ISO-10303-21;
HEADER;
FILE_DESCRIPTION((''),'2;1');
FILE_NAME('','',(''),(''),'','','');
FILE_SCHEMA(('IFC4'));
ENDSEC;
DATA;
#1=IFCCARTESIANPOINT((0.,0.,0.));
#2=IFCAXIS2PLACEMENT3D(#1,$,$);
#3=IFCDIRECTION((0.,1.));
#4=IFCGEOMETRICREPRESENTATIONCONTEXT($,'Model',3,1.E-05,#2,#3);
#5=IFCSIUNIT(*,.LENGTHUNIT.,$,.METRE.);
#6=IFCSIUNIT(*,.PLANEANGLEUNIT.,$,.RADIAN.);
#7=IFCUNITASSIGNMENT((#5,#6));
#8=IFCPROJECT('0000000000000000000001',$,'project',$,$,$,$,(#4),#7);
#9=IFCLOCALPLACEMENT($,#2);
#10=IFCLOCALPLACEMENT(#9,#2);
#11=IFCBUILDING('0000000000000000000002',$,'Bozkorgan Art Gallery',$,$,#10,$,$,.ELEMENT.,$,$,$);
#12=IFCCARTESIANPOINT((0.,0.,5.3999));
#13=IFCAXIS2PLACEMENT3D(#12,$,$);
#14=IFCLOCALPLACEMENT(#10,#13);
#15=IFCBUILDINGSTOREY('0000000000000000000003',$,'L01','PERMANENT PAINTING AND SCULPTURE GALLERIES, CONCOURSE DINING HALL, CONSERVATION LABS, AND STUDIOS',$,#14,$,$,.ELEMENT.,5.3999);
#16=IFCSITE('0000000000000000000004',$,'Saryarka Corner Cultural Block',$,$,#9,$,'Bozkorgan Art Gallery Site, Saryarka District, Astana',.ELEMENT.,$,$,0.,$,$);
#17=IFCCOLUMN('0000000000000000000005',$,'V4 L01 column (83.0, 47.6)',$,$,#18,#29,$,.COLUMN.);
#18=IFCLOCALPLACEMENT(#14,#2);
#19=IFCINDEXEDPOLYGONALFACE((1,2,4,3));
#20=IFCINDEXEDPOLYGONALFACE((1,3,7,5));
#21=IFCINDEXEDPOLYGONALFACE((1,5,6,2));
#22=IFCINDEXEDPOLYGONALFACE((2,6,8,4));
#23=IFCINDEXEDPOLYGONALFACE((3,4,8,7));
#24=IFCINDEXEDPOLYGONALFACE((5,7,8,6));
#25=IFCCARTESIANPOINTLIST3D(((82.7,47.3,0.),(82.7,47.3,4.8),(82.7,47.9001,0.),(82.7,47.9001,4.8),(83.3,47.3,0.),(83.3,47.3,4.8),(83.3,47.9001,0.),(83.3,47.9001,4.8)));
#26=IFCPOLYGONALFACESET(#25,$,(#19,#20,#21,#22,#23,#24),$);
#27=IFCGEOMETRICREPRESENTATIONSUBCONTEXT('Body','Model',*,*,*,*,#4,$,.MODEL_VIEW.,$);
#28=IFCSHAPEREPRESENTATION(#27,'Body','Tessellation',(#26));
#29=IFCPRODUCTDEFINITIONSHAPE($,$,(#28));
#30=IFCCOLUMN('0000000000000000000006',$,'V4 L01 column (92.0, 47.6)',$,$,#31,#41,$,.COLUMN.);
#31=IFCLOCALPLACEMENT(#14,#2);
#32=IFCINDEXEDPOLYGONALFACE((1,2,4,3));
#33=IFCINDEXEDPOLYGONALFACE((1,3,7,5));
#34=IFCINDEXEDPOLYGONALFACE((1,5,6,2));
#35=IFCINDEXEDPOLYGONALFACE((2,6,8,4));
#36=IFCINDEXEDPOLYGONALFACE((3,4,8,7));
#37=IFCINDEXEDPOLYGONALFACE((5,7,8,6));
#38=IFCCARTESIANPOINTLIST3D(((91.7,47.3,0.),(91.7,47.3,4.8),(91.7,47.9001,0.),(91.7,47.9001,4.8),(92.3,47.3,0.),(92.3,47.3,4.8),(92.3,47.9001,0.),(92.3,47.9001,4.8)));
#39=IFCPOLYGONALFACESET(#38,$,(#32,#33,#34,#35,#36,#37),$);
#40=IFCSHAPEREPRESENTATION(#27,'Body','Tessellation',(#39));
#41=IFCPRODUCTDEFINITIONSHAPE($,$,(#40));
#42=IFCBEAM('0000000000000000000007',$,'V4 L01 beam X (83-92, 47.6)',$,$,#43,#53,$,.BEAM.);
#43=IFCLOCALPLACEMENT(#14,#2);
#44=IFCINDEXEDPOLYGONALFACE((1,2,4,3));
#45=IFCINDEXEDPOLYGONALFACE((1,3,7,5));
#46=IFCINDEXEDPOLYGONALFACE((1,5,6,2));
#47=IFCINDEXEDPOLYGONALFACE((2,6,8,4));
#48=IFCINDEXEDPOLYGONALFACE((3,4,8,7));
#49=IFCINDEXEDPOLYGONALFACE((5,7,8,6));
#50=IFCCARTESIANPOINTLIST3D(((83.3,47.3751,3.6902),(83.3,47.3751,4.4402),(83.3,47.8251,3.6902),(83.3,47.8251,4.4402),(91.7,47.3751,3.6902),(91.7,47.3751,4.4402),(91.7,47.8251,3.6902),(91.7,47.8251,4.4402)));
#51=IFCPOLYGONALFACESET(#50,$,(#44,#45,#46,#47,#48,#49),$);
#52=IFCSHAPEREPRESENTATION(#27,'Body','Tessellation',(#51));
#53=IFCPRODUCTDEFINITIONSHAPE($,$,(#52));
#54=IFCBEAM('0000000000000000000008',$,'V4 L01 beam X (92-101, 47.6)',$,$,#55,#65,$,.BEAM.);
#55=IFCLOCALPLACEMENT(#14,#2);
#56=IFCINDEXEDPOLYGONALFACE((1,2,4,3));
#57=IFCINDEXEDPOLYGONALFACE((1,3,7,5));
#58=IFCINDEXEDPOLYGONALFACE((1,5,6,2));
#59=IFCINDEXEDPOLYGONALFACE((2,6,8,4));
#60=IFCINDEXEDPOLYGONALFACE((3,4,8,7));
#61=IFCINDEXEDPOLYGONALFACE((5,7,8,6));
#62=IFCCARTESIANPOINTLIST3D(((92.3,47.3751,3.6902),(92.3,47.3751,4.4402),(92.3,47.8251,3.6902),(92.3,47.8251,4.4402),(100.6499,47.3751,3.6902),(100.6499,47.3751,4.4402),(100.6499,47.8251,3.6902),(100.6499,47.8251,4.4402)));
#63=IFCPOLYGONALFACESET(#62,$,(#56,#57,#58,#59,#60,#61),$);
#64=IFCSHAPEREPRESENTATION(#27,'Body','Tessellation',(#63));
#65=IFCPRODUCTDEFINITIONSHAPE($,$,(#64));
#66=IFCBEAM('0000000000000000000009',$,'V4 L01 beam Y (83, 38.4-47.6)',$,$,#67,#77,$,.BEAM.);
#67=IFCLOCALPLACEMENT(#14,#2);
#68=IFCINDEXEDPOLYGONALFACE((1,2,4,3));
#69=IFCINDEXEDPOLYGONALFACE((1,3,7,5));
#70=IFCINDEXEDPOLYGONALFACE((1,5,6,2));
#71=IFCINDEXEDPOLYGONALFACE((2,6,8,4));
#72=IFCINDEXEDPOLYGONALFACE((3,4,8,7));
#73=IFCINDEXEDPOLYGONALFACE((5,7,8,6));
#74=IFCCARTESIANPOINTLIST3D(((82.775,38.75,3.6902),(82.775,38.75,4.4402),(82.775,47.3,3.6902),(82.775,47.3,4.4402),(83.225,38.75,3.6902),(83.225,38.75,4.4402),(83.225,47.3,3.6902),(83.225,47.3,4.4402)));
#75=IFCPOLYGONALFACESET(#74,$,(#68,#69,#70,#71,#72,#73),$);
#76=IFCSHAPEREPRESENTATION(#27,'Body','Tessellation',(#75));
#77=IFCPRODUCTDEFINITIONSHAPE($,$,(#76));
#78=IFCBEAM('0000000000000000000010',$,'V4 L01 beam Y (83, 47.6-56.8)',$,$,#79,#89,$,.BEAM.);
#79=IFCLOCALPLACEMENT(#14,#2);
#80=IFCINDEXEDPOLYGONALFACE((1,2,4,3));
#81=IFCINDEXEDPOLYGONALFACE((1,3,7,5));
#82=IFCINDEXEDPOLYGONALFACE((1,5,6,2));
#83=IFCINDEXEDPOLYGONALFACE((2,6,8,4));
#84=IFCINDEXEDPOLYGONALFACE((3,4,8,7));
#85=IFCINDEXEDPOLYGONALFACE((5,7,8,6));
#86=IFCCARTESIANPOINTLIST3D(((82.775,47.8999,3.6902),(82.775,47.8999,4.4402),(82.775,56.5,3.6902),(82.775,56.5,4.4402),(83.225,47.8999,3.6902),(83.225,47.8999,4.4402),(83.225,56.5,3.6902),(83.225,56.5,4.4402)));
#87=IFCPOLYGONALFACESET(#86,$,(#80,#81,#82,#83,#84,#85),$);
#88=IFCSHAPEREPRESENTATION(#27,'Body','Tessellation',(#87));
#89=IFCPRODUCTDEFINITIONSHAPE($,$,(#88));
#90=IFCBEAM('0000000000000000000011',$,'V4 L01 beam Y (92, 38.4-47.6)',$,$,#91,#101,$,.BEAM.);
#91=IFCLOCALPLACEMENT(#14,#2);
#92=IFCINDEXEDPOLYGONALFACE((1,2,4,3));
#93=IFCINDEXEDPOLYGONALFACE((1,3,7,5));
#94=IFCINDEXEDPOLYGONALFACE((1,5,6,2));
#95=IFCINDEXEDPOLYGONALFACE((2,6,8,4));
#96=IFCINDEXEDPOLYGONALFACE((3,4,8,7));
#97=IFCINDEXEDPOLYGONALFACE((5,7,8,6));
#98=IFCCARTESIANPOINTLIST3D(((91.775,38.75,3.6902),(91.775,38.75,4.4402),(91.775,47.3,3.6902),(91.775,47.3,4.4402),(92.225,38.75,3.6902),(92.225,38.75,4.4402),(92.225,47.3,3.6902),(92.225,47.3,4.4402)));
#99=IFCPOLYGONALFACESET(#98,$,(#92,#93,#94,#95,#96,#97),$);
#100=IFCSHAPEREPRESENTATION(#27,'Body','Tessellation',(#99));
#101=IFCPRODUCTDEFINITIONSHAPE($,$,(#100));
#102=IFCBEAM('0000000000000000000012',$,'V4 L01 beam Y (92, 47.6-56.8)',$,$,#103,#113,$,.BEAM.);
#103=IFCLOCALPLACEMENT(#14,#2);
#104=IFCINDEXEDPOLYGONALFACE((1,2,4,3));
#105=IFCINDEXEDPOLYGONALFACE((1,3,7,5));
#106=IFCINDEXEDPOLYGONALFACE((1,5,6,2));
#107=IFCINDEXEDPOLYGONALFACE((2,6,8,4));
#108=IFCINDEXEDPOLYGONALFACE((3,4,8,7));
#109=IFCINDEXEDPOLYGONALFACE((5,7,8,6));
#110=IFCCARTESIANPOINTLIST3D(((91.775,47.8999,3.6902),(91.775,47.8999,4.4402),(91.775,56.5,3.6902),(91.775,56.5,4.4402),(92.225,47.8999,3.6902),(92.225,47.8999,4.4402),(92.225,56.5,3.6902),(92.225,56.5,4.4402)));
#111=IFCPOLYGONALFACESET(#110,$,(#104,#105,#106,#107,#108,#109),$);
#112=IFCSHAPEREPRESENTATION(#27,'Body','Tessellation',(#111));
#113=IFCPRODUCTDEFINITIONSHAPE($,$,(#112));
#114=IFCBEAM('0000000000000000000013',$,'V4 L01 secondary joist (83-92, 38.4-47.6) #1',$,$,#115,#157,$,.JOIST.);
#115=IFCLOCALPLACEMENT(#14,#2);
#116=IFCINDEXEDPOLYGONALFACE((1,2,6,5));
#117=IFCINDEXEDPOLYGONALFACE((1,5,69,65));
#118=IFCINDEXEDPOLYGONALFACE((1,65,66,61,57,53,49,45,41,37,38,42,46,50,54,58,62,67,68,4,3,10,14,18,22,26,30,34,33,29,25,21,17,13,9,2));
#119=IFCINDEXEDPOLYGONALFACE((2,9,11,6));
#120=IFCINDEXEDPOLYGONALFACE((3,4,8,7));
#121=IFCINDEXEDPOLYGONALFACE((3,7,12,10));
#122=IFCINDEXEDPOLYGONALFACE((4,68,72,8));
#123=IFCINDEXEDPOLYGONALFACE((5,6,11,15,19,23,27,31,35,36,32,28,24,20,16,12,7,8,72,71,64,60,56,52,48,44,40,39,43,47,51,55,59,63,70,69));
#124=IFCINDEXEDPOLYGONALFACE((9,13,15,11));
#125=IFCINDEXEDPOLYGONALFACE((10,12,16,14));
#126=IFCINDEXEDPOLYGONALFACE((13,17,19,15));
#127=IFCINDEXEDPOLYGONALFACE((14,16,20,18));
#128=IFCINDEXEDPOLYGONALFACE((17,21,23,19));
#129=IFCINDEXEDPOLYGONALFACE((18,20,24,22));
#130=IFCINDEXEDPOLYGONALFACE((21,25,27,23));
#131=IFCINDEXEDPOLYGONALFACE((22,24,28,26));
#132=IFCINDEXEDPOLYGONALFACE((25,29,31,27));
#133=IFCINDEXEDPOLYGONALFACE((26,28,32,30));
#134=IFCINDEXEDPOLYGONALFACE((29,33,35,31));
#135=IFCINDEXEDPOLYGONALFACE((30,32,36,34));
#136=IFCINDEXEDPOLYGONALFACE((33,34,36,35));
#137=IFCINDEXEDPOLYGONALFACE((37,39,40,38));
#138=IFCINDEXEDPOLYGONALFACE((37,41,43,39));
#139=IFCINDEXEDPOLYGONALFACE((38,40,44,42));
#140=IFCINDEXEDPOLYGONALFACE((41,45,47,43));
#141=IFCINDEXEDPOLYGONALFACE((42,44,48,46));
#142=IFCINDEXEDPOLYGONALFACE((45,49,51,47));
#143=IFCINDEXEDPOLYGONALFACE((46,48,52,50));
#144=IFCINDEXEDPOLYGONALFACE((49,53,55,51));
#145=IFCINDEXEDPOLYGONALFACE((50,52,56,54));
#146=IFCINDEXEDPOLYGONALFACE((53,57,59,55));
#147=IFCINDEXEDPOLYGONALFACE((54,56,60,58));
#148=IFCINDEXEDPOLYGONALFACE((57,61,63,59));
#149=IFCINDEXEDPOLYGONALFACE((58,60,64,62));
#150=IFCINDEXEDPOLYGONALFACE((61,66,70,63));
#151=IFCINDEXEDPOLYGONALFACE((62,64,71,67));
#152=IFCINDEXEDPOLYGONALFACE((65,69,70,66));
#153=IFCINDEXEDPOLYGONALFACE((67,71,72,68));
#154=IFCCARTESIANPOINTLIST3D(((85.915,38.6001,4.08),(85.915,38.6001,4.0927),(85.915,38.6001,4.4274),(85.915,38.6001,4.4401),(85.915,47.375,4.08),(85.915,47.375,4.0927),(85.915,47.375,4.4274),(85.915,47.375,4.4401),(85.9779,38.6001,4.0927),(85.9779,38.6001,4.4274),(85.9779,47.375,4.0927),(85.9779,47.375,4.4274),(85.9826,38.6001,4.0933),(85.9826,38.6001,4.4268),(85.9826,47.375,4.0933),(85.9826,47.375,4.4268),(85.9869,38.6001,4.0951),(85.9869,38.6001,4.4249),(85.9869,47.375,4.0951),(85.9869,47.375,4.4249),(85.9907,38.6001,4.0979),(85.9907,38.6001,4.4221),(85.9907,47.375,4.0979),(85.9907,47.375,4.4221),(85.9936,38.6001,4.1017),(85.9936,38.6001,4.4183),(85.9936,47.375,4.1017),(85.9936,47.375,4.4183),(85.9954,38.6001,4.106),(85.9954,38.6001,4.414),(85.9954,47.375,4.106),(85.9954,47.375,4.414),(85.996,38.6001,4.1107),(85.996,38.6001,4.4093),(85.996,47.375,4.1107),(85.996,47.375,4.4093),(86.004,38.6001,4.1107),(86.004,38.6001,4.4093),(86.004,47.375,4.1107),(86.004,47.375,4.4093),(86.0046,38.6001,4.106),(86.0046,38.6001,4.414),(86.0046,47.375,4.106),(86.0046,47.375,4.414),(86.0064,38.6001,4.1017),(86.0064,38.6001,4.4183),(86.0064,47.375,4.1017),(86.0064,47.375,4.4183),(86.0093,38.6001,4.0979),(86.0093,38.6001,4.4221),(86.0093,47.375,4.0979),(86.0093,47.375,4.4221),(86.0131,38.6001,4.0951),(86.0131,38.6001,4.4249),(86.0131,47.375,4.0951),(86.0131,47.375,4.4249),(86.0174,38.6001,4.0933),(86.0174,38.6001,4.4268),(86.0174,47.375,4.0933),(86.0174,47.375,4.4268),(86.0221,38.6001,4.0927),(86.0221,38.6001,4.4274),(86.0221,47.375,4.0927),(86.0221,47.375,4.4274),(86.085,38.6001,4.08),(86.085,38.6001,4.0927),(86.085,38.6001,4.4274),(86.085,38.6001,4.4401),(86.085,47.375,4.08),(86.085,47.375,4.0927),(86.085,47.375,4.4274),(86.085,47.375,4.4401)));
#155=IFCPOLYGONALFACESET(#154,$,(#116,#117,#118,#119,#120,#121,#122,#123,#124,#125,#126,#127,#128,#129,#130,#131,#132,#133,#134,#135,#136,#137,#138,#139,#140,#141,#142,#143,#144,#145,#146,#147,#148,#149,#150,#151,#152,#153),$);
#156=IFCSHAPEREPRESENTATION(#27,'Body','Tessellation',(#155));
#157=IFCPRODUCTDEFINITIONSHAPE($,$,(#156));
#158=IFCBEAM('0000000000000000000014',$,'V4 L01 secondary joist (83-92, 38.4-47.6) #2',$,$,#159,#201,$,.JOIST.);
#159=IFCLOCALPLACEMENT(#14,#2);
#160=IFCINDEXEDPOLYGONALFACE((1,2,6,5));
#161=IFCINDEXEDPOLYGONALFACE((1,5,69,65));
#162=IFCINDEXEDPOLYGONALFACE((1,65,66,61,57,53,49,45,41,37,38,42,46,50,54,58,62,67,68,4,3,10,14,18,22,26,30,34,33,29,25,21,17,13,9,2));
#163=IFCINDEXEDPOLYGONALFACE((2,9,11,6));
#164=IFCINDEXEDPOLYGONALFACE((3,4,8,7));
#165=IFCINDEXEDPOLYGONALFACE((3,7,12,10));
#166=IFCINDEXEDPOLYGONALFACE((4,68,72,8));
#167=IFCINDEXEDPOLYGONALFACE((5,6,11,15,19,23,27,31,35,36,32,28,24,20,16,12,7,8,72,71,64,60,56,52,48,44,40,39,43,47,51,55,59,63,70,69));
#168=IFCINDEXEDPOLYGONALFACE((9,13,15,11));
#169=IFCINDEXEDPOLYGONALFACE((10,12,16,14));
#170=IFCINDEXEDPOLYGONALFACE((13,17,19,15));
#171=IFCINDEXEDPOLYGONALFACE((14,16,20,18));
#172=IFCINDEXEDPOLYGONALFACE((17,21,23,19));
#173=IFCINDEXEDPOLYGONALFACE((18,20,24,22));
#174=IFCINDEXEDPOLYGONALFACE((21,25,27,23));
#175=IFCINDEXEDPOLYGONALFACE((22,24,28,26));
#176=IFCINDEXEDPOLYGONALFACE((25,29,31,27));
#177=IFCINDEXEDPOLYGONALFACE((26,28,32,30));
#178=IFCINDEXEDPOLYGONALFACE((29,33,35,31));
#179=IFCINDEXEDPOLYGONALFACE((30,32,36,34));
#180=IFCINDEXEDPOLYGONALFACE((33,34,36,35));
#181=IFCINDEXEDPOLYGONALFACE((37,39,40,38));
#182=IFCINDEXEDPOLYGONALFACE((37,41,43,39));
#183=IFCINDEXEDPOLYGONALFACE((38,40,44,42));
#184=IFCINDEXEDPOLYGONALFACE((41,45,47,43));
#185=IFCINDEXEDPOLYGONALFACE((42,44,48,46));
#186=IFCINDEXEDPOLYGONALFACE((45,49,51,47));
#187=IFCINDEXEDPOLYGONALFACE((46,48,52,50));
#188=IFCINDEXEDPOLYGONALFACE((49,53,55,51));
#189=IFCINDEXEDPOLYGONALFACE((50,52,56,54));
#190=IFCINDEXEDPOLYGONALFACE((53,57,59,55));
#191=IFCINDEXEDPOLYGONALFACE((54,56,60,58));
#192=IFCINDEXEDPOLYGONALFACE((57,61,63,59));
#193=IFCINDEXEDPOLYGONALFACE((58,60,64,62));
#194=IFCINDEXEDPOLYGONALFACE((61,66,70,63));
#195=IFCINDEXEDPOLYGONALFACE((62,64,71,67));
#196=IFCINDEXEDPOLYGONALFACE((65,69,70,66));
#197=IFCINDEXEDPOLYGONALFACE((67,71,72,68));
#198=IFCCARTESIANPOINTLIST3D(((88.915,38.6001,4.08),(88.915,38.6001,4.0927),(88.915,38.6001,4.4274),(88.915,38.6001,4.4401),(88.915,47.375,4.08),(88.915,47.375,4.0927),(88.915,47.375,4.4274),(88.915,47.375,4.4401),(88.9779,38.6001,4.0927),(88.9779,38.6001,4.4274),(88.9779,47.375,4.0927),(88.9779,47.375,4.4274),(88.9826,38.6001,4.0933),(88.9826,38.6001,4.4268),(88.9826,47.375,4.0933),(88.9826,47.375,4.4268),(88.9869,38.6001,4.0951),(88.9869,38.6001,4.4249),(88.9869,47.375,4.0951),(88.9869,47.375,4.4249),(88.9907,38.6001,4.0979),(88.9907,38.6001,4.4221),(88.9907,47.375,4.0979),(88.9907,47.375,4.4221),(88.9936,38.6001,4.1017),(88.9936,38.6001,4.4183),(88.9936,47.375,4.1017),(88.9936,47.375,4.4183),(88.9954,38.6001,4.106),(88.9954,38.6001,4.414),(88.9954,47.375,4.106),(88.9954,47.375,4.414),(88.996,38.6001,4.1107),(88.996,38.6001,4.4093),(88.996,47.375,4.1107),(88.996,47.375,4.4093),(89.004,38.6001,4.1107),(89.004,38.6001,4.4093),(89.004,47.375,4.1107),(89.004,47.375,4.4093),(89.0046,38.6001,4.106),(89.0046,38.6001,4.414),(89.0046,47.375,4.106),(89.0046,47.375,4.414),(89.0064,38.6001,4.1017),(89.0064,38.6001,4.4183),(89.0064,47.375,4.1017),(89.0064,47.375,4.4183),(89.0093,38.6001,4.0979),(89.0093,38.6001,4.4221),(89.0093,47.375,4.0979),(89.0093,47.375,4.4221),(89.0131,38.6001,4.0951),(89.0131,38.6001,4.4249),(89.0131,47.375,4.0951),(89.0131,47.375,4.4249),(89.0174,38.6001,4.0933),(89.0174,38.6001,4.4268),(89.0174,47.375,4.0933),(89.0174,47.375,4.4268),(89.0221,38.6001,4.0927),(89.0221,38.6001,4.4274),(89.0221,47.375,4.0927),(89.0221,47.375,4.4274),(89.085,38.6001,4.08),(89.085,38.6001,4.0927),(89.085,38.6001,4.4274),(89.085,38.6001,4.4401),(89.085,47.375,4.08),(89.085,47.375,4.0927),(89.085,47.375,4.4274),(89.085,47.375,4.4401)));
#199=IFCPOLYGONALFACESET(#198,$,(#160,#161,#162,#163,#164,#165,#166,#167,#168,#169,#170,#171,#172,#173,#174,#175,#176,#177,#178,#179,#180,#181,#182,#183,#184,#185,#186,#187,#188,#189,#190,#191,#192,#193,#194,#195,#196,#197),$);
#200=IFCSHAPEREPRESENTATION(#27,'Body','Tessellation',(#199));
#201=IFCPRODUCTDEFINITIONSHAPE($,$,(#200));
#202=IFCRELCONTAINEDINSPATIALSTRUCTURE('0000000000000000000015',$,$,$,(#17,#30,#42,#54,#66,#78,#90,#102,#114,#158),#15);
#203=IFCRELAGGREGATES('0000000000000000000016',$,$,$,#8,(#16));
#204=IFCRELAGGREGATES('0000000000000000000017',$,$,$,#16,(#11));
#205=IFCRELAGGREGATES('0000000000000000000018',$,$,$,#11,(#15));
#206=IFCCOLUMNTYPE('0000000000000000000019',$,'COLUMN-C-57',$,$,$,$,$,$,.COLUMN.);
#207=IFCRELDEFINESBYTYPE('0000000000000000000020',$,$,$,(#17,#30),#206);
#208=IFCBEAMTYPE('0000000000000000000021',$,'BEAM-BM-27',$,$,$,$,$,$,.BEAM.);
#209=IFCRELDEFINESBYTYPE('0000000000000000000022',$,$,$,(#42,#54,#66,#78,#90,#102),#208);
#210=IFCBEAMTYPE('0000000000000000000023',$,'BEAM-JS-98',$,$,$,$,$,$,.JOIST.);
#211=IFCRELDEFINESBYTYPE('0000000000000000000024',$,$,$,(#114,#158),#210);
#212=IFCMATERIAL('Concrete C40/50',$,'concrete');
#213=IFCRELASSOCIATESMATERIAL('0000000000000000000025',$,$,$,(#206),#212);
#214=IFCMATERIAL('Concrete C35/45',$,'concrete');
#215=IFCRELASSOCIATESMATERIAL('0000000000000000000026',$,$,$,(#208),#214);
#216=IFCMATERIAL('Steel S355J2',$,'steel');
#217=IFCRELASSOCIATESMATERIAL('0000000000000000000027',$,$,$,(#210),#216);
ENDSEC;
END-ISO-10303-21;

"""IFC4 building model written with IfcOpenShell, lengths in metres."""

from ifc_helpers import new_model, si_unit, direction, frame, origin, origin_2d, place, context, subcontext, project, spatial, rectangle, i_section, extrude, material, material_profile, profile_set, type_object, element, save


model = new_model("IFC4")

# Units and contexts
model_context = context("Model", 3, precision=1e-05, world=origin(), true_north=direction((0.0, 1.0)))
body_context = subcontext(model_context, "Body", "Model", "MODEL_VIEW")
ifc_project = project(units=[si_unit("LENGTHUNIT", "METRE"), si_unit("PLANEANGLEUNIT", "RADIAN")], contexts=[model_context])

# Site, building, storey
site_placement = place(None, origin())
site = spatial("IfcSite", under=ifc_project, at=site_placement, Name="Saryarka Corner Cultural Block", LongName="Bozkorgan Art Gallery Site, Saryarka District, Astana", CompositionType="ELEMENT", RefElevation=0.0)
building_placement = place(site_placement, origin())
building = spatial("IfcBuilding", under=site, at=building_placement, Name="Bozkorgan Art Gallery", CompositionType="ELEMENT")
storey_placement = place(building_placement, frame((0.0, 0.0, 5.3999)))
storey = spatial("IfcBuildingStorey", under=building, at=storey_placement, Name="L01", Description="PERMANENT PAINTING AND SCULPTURE GALLERIES, CONCOURSE DINING HALL, CONSERVATION LABS, AND STUDIOS", CompositionType="ELEMENT", Elevation=5.3999)

# Columns
ifc_material_1 = material(Name="Concrete C40/50", Category="concrete")
ifc_material_profile_1 = material_profile(ifc_material_1, rectangle(XDim=0.6001, YDim=0.6001, at=origin_2d()), Name="RC 600x600")
ifc_profile_set_1 = profile_set([ifc_material_profile_1], Name="Concrete C40/50")
column_type = type_object("IfcColumnType", Name="COLUMN-C-57", PredefinedType="COLUMN", material=ifc_profile_set_1)
for number, where, z_axis, x_axis, name in (
    (1, (83.0, 47.6001, 0.0), (0.0, 0.0, 1.0), (1.0, 0.0, 0.0), "V4 L01 column (83.0, 47.6)"),
    (2, (92.0, 47.6001, 0.0), (0.0, 0.0, 1.0), (1.0, 0.0, 0.0), "V4 L01 column (92.0, 47.6)"),
):
    element("IfcColumn", number, at=place(storey_placement, frame(where, z_axis=z_axis, x_axis=x_axis)), inside=storey, type_object=column_type, Name=name, PredefinedType="COLUMN", context=body_context, shape_type="SweptSolid", body=[
        extrude(rectangle(XDim=0.6001, YDim=0.6001, at=origin_2d()), origin(), (0.0, 0.0, 1.0), 4.8),
    ])

# Beams
ifc_material_2 = material(Name="Concrete C35/45", Category="concrete")
ifc_material_profile_2 = material_profile(ifc_material_2, rectangle(XDim=0.45, YDim=0.75, at=origin_2d()), Name="RC 450x750")
ifc_profile_set_2 = profile_set([ifc_material_profile_2], Name="Concrete C35/45")
beam_type_1 = type_object("IfcBeamType", Name="BEAM-BM-27", PredefinedType="BEAM", material=ifc_profile_set_2)
beam_1_placement = place(storey_placement, frame((83.3, 47.6001, 4.0652), z_axis=(1.0, 0.0, 0.0), x_axis=(0.0, 1.0, 0.0)))
element("IfcBeam", 3, at=beam_1_placement, inside=storey, type_object=beam_type_1, Name="V4 L01 beam X (83-92, 47.6)", PredefinedType="BEAM", context=body_context, shape_type="SweptSolid", body=[
    extrude(rectangle(XDim=0.45, YDim=0.75, at=origin_2d()), origin(), (0.0, 0.0, 1.0), 8.3999),
])
beam_2_placement = place(storey_placement, frame((92.3, 47.6001, 4.0652), z_axis=(1.0, 0.0, 0.0), x_axis=(0.0, 1.0, 0.0)))
element("IfcBeam", 4, at=beam_2_placement, inside=storey, type_object=beam_type_1, Name="V4 L01 beam X (92-101, 47.6)", PredefinedType="BEAM", context=body_context, shape_type="SweptSolid", body=[
    extrude(rectangle(XDim=0.45, YDim=0.75, at=origin_2d()), origin(), (0.0, 0.0, 1.0), 8.3499),
])
beam_3_placement = place(storey_placement, frame((83.0, 38.75, 4.0652), z_axis=(0.0, 1.0, 0.0), x_axis=(-1.0, 0.0, 0.0)))
element("IfcBeam", 5, at=beam_3_placement, inside=storey, type_object=beam_type_1, Name="V4 L01 beam Y (83, 38.4-47.6)", PredefinedType="BEAM", context=body_context, shape_type="SweptSolid", body=[
    extrude(rectangle(XDim=0.45, YDim=0.75, at=origin_2d()), origin(), (0.0, 0.0, 1.0), 8.55),
])
beam_4_placement = place(storey_placement, frame((83.0, 47.8999, 4.0652), z_axis=(0.0, 1.0, 0.0), x_axis=(-1.0, 0.0, 0.0)))
element("IfcBeam", 6, at=beam_4_placement, inside=storey, type_object=beam_type_1, Name="V4 L01 beam Y (83, 47.6-56.8)", PredefinedType="BEAM", context=body_context, shape_type="SweptSolid", body=[
    extrude(rectangle(XDim=0.45, YDim=0.75, at=origin_2d()), origin(), (0.0, 0.0, 1.0), 8.6001),
])
beam_5_placement = place(storey_placement, frame((92.0, 38.75, 4.0652), z_axis=(0.0, 1.0, 0.0), x_axis=(-1.0, 0.0, 0.0)))
element("IfcBeam", 7, at=beam_5_placement, inside=storey, type_object=beam_type_1, Name="V4 L01 beam Y (92, 38.4-47.6)", PredefinedType="BEAM", context=body_context, shape_type="SweptSolid", body=[
    extrude(rectangle(XDim=0.45, YDim=0.75, at=origin_2d()), origin(), (0.0, 0.0, 1.0), 8.55),
])
beam_6_placement = place(storey_placement, frame((92.0, 47.8999, 4.0652), z_axis=(0.0, 1.0, 0.0), x_axis=(-1.0, 0.0, 0.0)))
element("IfcBeam", 8, at=beam_6_placement, inside=storey, type_object=beam_type_1, Name="V4 L01 beam Y (92, 47.6-56.8)", PredefinedType="BEAM", context=body_context, shape_type="SweptSolid", body=[
    extrude(rectangle(XDim=0.45, YDim=0.75, at=origin_2d()), origin(), (0.0, 0.0, 1.0), 8.6001),
])
ifc_material_3 = material(Name="Steel S355J2", Category="steel")
ifc_material_profile_3 = material_profile(ifc_material_3, i_section(OverallWidth=0.1699, OverallDepth=0.3601, WebThickness=0.0081, FlangeThickness=0.0127, FilletRadius=0.0181, at=origin_2d()), Name="IPE 360")
ifc_profile_set_3 = profile_set([ifc_material_profile_3], Name="Steel S355J2")
beam_type_2 = type_object("IfcBeamType", Name="BEAM-JS-98", PredefinedType="JOIST", material=ifc_profile_set_3)
for number, where, z_axis, x_axis, name in (
    (9, (86.0, 38.6001, 4.26), (0.0, 1.0, 0.0), (-1.0, 0.0, 0.0), "V4 L01 secondary joist (83-92, 38.4-47.6) #1"),
    (10, (89.0, 38.6001, 4.26), (0.0, 1.0, 0.0), (-1.0, 0.0, 0.0), "V4 L01 secondary joist (83-92, 38.4-47.6) #2"),
):
    element("IfcBeam", number, at=place(storey_placement, frame(where, z_axis=z_axis, x_axis=x_axis)), inside=storey, type_object=beam_type_2, Name=name, PredefinedType="JOIST", context=body_context, shape_type="SweptSolid", body=[
        extrude(i_section(OverallWidth=0.1699, OverallDepth=0.3601, WebThickness=0.0081, FlangeThickness=0.0127, FilletRadius=0.0181, at=origin_2d()), origin(), (0.0, 0.0, 1.0), 8.7749),
    ])

save(model, "model.ifc")
